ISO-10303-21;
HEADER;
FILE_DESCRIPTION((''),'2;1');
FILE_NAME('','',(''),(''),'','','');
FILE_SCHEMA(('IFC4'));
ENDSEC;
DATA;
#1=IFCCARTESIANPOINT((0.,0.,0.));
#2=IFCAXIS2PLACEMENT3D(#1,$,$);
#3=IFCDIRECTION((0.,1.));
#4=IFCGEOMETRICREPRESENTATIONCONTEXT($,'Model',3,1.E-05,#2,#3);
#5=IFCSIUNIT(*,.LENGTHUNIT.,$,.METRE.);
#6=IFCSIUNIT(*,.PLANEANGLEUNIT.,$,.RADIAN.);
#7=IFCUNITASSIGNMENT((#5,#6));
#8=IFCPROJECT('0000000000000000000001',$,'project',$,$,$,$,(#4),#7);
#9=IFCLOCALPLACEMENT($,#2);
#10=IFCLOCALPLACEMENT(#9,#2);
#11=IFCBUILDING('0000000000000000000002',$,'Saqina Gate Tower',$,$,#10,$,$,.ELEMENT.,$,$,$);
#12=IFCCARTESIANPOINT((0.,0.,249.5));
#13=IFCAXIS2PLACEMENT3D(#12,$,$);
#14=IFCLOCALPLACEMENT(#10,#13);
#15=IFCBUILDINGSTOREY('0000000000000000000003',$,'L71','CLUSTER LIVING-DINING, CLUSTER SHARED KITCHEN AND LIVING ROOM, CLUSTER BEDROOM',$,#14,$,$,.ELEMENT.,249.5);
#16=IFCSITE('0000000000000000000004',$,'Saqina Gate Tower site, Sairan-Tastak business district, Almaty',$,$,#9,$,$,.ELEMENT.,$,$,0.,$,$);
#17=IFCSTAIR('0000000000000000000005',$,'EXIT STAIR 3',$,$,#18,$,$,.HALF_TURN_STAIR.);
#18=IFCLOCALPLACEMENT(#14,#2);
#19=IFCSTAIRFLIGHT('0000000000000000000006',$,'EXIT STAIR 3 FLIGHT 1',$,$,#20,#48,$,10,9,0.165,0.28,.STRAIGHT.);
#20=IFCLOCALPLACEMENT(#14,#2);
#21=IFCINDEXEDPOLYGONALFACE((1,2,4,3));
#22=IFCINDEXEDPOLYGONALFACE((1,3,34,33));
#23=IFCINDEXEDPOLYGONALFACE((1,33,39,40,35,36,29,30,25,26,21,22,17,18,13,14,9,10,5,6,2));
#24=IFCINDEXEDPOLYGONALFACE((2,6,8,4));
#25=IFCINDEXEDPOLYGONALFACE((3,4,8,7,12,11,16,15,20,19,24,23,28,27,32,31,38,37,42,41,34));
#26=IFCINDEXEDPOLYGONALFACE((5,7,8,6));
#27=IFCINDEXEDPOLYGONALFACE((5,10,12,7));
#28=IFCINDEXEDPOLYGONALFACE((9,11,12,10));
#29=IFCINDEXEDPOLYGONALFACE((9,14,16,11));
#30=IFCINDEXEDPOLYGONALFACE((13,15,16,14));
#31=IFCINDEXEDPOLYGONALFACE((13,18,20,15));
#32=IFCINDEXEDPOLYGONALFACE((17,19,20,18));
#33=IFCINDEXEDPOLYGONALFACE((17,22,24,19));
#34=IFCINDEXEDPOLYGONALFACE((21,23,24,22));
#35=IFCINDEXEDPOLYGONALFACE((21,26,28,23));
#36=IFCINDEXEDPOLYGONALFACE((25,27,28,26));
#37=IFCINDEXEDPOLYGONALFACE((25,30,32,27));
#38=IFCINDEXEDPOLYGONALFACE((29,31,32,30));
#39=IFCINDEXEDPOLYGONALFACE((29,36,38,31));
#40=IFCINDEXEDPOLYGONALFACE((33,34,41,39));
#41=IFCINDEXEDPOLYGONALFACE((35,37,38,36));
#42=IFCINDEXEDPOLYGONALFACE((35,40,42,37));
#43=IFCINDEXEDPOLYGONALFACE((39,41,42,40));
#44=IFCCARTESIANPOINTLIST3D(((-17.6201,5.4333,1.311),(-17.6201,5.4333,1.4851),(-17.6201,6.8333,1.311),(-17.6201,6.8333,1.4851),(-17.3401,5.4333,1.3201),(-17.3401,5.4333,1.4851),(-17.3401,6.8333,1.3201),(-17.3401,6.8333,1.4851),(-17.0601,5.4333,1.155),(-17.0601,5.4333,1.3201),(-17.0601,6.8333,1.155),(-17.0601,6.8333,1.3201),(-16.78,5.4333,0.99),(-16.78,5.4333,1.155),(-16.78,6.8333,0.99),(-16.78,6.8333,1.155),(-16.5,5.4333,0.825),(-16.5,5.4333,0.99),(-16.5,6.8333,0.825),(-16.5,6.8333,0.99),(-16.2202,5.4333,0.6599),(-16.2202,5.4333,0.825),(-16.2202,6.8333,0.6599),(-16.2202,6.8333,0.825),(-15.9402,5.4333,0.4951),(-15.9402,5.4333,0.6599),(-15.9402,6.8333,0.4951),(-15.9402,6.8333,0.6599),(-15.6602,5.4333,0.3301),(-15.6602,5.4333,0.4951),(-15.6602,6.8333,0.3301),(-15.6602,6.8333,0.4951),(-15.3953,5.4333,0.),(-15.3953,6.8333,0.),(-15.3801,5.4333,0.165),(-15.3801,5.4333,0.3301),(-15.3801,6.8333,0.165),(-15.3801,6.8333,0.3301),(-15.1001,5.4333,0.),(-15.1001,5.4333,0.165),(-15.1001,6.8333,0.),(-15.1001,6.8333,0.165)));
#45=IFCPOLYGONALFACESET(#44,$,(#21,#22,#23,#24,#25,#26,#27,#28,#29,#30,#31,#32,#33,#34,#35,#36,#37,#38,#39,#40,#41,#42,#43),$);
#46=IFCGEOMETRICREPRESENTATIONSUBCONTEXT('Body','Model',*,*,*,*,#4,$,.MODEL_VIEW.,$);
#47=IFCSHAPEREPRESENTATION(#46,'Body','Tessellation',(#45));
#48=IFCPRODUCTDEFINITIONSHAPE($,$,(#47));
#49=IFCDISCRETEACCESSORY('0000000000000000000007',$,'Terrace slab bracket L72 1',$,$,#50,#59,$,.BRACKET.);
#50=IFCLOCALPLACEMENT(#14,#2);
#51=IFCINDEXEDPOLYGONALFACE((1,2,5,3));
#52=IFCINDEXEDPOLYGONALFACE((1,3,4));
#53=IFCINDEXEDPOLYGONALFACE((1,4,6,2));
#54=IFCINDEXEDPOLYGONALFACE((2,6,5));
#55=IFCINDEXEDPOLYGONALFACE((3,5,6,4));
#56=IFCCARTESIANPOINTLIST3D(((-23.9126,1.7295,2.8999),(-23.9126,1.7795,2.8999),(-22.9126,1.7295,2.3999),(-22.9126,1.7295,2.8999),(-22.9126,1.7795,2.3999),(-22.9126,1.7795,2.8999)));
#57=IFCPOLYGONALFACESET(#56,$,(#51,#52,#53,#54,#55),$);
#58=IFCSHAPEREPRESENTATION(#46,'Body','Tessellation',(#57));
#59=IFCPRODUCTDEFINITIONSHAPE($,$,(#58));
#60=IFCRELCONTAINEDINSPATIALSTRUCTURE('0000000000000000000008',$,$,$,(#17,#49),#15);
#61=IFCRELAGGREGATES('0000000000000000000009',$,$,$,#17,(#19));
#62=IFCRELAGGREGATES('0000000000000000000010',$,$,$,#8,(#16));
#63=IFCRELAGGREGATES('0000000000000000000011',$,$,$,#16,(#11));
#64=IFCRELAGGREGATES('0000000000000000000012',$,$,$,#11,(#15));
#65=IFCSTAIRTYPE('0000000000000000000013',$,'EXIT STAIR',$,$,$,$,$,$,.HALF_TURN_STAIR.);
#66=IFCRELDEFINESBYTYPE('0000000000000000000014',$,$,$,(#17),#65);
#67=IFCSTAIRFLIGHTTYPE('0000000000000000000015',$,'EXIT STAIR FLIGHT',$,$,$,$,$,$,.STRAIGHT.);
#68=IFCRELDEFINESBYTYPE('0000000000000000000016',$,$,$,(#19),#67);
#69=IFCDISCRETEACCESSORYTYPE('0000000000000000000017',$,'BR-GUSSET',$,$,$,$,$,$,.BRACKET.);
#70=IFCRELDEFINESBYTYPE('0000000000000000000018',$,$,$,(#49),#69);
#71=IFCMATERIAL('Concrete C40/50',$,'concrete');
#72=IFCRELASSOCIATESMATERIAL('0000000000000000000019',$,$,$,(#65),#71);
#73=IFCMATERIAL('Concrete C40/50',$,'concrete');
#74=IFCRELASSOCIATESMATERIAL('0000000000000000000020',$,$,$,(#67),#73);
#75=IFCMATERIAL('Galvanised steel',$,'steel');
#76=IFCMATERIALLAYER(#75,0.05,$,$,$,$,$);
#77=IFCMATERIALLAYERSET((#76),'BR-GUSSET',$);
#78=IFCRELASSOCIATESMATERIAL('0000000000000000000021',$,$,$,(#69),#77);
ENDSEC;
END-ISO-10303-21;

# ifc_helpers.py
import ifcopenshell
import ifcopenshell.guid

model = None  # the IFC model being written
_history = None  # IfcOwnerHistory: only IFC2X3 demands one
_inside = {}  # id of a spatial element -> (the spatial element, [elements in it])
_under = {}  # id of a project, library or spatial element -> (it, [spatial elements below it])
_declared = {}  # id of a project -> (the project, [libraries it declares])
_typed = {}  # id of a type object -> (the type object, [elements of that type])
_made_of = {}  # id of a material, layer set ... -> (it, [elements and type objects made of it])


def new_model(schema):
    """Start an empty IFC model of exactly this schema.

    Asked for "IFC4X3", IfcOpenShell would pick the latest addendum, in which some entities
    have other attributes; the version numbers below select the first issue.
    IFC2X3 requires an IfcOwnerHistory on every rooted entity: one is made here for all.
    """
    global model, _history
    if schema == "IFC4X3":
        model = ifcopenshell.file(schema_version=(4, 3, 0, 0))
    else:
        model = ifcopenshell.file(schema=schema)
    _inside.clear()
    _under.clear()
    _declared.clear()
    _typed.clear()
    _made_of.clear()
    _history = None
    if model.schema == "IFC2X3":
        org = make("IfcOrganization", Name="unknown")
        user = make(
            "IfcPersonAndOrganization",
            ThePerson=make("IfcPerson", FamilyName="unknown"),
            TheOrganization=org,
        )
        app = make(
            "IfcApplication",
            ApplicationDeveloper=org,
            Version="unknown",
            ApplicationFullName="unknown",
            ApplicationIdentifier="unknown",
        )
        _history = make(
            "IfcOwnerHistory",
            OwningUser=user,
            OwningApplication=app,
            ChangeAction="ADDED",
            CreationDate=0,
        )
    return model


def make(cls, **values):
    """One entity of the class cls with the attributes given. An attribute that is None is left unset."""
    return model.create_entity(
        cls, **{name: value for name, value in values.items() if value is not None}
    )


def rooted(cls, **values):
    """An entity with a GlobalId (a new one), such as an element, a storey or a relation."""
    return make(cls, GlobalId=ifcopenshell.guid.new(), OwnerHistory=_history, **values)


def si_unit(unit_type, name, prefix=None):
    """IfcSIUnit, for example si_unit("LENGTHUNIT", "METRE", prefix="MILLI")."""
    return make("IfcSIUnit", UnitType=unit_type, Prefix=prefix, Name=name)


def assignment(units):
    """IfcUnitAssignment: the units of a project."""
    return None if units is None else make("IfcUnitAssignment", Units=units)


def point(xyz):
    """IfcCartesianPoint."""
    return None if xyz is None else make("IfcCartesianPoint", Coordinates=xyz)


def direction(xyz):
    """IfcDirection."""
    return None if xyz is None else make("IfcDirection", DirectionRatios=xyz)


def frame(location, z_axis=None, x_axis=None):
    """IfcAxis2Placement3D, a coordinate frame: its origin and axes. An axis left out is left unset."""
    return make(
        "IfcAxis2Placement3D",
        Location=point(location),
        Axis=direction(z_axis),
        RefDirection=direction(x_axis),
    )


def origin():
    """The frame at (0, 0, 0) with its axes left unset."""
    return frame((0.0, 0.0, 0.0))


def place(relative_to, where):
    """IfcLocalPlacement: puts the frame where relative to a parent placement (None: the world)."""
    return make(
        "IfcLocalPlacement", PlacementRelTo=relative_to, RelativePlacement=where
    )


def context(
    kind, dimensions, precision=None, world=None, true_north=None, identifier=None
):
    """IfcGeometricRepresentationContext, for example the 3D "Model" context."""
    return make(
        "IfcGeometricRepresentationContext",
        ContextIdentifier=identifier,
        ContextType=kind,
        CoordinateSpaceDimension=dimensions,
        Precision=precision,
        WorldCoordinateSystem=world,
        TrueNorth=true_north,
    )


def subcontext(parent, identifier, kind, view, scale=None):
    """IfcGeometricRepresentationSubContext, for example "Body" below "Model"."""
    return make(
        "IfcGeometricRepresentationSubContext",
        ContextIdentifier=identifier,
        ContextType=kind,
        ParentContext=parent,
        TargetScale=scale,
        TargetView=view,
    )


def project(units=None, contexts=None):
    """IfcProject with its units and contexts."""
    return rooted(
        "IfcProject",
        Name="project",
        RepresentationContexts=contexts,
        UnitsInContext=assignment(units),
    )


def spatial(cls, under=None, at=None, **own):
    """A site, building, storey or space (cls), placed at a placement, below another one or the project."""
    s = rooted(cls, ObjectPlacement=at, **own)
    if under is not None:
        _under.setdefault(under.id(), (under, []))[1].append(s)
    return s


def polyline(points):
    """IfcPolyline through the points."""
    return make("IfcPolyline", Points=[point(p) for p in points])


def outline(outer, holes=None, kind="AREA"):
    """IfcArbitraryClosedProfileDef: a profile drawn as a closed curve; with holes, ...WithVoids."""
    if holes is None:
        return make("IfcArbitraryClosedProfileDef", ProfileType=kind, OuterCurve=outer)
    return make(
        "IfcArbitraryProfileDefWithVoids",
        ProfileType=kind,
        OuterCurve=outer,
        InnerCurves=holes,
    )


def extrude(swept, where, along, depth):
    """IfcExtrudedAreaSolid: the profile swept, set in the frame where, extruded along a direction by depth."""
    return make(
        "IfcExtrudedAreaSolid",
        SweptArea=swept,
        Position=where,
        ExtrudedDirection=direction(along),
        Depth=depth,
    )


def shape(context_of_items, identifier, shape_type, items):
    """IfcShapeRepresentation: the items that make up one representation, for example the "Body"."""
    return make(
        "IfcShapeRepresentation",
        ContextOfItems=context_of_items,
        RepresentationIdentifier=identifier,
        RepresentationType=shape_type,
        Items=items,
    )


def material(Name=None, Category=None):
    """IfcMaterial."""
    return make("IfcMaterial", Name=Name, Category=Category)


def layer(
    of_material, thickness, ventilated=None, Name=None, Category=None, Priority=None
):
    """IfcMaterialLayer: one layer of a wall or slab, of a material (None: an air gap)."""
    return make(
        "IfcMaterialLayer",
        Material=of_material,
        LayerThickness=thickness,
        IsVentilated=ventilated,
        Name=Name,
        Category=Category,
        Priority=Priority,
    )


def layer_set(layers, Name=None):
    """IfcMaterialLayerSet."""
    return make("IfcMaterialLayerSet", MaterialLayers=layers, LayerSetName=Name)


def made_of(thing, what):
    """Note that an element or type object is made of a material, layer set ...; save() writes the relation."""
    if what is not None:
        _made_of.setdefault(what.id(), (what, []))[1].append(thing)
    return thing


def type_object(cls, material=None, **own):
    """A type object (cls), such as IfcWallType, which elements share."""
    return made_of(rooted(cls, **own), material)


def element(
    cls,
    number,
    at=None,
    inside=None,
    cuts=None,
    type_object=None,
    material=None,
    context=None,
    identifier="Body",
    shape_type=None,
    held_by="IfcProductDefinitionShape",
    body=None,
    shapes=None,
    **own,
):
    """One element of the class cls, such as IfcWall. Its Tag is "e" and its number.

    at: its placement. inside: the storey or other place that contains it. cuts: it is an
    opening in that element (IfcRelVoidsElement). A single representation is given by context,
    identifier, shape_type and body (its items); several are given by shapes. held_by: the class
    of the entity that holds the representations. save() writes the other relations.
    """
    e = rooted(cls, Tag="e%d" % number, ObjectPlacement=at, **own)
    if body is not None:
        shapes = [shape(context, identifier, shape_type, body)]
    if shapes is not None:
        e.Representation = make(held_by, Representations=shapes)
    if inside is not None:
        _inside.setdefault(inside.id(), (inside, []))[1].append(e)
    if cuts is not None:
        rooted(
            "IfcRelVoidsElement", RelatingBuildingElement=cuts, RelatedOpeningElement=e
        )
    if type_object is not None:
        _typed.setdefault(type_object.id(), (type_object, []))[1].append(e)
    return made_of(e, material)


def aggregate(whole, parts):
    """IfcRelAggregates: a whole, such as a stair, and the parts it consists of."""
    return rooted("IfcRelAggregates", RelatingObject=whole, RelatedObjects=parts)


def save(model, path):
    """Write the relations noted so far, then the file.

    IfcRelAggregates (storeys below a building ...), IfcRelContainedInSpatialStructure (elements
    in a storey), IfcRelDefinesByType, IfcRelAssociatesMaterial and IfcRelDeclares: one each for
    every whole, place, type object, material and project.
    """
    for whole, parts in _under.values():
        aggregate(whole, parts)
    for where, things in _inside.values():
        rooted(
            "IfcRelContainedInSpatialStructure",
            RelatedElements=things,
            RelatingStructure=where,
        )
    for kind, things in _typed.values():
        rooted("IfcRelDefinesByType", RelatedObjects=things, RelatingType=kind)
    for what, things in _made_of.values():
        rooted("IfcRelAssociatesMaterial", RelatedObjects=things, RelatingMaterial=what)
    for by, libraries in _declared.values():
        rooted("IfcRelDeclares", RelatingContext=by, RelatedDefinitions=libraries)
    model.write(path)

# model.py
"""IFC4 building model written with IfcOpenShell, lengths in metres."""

from ifc_helpers import new_model, si_unit, direction, frame, origin, place, context, subcontext, project, spatial, polyline, outline, extrude, material, layer, layer_set, type_object, element, aggregate, save


model = new_model("IFC4")

# Units and contexts
model_context = context("Model", 3, precision=1e-05, world=origin(), true_north=direction((0.0, 1.0)))
body_context = subcontext(model_context, "Body", "Model", "MODEL_VIEW")
ifc_project = project(units=[si_unit("LENGTHUNIT", "METRE"), si_unit("PLANEANGLEUNIT", "RADIAN")], contexts=[model_context])

# Site, building, storey
site_placement = place(None, origin())
site = spatial("IfcSite", under=ifc_project, at=site_placement, Name="Saqina Gate Tower site, Sairan-Tastak business district, Almaty", CompositionType="ELEMENT", RefElevation=0.0)
building_placement = place(site_placement, origin())
building = spatial("IfcBuilding", under=site, at=building_placement, Name="Saqina Gate Tower", CompositionType="ELEMENT")
storey_placement = place(building_placement, frame((0.0, 0.0, 249.5)))
storey = spatial("IfcBuildingStorey", under=building, at=storey_placement, Name="L71", Description="CLUSTER LIVING-DINING, CLUSTER SHARED KITCHEN AND LIVING ROOM, CLUSTER BEDROOM", CompositionType="ELEMENT", Elevation=249.5)

# Stair, stair flight
ifc_material_1 = material(Name="Concrete C40/50", Category="concrete")
stair_type = type_object("IfcStairType", Name="EXIT STAIR", PredefinedType="HALF_TURN_STAIR", material=ifc_material_1)
stair_placement = place(storey_placement, origin())
stair = element("IfcStair", 1, at=stair_placement, inside=storey, type_object=stair_type, Name="EXIT STAIR 3", PredefinedType="HALF_TURN_STAIR")
ifc_material_2 = material(Name="Concrete C40/50", Category="concrete")
stair_flight_type = type_object("IfcStairFlightType", Name="EXIT STAIR FLIGHT", PredefinedType="STRAIGHT", material=ifc_material_2)
stair_flight_placement = place(storey_placement, frame((-15.1001, 6.1333, 0.0), z_axis=(0.0, 0.0, 1.0), x_axis=(-1.0, 0.0, 0.0)))
stair_flight = element("IfcStairFlight", 2, at=stair_flight_placement, type_object=stair_flight_type, Name="EXIT STAIR 3 FLIGHT 1", NumberOfRisers=10, NumberOfTreads=9, PredefinedType="STRAIGHT", RiserHeight=0.165, TreadLength=0.28, context=body_context, shape_type="SweptSolid", body=[
    extrude(outline(polyline([(0.0, 0.0), (0.0, 0.165), (0.28, 0.165), (0.28, 0.3301), (0.5601, 0.3301), (0.5601, 0.4951), (0.8401, 0.4951), (0.8401, 0.6599), (1.1201, 0.6599), (1.1201, 0.825), (1.3999, 0.825), (1.3999, 0.99), (1.6799, 0.99), (1.6799, 1.155), (1.96, 1.155), (1.96, 1.3201), (2.24, 1.3201), (2.24, 1.4851), (2.52, 1.4851), (2.52, 1.6499), (2.52, 1.311), (0.2952, 0.0), (0.0, 0.0)])), frame((0.0, 0.7, 0.0), z_axis=(0.0, -1.0, 0.0), x_axis=(1.0, 0.0, 0.0)), (0.0, 0.0, 1.0), 1.3999),
])
aggregate(stair, [stair_flight])

# Discrete accessory
ifc_material_3 = material(Name="Galvanised steel", Category="steel")
ifc_layer_1 = layer(ifc_material_3, 0.05)
ifc_layer_set_1 = layer_set([ifc_layer_1], Name="BR-GUSSET")
discrete_accessory_type = type_object("IfcDiscreteAccessoryType", Name="BR-GUSSET", PredefinedType="BRACKET", material=ifc_layer_set_1)
discrete_accessory_placement = place(storey_placement, frame((-22.9126, 1.7295, 2.3999), z_axis=(0.0, -1.0, 0.0), x_axis=(0.0, 0.0, 1.0)))
element("IfcDiscreteAccessory", 3, at=discrete_accessory_placement, inside=storey, type_object=discrete_accessory_type, Name="Terrace slab bracket L72 1", PredefinedType="BRACKET", context=body_context, shape_type="SweptSolid", body=[
    extrude(outline(polyline([(0.0, 0.0), (0.5, 0.0), (0.5, 1.0), (0.0, 0.0)])), origin(), (0.0, 0.0, -1.0), 0.05),
])

save(model, "model.ifc")
